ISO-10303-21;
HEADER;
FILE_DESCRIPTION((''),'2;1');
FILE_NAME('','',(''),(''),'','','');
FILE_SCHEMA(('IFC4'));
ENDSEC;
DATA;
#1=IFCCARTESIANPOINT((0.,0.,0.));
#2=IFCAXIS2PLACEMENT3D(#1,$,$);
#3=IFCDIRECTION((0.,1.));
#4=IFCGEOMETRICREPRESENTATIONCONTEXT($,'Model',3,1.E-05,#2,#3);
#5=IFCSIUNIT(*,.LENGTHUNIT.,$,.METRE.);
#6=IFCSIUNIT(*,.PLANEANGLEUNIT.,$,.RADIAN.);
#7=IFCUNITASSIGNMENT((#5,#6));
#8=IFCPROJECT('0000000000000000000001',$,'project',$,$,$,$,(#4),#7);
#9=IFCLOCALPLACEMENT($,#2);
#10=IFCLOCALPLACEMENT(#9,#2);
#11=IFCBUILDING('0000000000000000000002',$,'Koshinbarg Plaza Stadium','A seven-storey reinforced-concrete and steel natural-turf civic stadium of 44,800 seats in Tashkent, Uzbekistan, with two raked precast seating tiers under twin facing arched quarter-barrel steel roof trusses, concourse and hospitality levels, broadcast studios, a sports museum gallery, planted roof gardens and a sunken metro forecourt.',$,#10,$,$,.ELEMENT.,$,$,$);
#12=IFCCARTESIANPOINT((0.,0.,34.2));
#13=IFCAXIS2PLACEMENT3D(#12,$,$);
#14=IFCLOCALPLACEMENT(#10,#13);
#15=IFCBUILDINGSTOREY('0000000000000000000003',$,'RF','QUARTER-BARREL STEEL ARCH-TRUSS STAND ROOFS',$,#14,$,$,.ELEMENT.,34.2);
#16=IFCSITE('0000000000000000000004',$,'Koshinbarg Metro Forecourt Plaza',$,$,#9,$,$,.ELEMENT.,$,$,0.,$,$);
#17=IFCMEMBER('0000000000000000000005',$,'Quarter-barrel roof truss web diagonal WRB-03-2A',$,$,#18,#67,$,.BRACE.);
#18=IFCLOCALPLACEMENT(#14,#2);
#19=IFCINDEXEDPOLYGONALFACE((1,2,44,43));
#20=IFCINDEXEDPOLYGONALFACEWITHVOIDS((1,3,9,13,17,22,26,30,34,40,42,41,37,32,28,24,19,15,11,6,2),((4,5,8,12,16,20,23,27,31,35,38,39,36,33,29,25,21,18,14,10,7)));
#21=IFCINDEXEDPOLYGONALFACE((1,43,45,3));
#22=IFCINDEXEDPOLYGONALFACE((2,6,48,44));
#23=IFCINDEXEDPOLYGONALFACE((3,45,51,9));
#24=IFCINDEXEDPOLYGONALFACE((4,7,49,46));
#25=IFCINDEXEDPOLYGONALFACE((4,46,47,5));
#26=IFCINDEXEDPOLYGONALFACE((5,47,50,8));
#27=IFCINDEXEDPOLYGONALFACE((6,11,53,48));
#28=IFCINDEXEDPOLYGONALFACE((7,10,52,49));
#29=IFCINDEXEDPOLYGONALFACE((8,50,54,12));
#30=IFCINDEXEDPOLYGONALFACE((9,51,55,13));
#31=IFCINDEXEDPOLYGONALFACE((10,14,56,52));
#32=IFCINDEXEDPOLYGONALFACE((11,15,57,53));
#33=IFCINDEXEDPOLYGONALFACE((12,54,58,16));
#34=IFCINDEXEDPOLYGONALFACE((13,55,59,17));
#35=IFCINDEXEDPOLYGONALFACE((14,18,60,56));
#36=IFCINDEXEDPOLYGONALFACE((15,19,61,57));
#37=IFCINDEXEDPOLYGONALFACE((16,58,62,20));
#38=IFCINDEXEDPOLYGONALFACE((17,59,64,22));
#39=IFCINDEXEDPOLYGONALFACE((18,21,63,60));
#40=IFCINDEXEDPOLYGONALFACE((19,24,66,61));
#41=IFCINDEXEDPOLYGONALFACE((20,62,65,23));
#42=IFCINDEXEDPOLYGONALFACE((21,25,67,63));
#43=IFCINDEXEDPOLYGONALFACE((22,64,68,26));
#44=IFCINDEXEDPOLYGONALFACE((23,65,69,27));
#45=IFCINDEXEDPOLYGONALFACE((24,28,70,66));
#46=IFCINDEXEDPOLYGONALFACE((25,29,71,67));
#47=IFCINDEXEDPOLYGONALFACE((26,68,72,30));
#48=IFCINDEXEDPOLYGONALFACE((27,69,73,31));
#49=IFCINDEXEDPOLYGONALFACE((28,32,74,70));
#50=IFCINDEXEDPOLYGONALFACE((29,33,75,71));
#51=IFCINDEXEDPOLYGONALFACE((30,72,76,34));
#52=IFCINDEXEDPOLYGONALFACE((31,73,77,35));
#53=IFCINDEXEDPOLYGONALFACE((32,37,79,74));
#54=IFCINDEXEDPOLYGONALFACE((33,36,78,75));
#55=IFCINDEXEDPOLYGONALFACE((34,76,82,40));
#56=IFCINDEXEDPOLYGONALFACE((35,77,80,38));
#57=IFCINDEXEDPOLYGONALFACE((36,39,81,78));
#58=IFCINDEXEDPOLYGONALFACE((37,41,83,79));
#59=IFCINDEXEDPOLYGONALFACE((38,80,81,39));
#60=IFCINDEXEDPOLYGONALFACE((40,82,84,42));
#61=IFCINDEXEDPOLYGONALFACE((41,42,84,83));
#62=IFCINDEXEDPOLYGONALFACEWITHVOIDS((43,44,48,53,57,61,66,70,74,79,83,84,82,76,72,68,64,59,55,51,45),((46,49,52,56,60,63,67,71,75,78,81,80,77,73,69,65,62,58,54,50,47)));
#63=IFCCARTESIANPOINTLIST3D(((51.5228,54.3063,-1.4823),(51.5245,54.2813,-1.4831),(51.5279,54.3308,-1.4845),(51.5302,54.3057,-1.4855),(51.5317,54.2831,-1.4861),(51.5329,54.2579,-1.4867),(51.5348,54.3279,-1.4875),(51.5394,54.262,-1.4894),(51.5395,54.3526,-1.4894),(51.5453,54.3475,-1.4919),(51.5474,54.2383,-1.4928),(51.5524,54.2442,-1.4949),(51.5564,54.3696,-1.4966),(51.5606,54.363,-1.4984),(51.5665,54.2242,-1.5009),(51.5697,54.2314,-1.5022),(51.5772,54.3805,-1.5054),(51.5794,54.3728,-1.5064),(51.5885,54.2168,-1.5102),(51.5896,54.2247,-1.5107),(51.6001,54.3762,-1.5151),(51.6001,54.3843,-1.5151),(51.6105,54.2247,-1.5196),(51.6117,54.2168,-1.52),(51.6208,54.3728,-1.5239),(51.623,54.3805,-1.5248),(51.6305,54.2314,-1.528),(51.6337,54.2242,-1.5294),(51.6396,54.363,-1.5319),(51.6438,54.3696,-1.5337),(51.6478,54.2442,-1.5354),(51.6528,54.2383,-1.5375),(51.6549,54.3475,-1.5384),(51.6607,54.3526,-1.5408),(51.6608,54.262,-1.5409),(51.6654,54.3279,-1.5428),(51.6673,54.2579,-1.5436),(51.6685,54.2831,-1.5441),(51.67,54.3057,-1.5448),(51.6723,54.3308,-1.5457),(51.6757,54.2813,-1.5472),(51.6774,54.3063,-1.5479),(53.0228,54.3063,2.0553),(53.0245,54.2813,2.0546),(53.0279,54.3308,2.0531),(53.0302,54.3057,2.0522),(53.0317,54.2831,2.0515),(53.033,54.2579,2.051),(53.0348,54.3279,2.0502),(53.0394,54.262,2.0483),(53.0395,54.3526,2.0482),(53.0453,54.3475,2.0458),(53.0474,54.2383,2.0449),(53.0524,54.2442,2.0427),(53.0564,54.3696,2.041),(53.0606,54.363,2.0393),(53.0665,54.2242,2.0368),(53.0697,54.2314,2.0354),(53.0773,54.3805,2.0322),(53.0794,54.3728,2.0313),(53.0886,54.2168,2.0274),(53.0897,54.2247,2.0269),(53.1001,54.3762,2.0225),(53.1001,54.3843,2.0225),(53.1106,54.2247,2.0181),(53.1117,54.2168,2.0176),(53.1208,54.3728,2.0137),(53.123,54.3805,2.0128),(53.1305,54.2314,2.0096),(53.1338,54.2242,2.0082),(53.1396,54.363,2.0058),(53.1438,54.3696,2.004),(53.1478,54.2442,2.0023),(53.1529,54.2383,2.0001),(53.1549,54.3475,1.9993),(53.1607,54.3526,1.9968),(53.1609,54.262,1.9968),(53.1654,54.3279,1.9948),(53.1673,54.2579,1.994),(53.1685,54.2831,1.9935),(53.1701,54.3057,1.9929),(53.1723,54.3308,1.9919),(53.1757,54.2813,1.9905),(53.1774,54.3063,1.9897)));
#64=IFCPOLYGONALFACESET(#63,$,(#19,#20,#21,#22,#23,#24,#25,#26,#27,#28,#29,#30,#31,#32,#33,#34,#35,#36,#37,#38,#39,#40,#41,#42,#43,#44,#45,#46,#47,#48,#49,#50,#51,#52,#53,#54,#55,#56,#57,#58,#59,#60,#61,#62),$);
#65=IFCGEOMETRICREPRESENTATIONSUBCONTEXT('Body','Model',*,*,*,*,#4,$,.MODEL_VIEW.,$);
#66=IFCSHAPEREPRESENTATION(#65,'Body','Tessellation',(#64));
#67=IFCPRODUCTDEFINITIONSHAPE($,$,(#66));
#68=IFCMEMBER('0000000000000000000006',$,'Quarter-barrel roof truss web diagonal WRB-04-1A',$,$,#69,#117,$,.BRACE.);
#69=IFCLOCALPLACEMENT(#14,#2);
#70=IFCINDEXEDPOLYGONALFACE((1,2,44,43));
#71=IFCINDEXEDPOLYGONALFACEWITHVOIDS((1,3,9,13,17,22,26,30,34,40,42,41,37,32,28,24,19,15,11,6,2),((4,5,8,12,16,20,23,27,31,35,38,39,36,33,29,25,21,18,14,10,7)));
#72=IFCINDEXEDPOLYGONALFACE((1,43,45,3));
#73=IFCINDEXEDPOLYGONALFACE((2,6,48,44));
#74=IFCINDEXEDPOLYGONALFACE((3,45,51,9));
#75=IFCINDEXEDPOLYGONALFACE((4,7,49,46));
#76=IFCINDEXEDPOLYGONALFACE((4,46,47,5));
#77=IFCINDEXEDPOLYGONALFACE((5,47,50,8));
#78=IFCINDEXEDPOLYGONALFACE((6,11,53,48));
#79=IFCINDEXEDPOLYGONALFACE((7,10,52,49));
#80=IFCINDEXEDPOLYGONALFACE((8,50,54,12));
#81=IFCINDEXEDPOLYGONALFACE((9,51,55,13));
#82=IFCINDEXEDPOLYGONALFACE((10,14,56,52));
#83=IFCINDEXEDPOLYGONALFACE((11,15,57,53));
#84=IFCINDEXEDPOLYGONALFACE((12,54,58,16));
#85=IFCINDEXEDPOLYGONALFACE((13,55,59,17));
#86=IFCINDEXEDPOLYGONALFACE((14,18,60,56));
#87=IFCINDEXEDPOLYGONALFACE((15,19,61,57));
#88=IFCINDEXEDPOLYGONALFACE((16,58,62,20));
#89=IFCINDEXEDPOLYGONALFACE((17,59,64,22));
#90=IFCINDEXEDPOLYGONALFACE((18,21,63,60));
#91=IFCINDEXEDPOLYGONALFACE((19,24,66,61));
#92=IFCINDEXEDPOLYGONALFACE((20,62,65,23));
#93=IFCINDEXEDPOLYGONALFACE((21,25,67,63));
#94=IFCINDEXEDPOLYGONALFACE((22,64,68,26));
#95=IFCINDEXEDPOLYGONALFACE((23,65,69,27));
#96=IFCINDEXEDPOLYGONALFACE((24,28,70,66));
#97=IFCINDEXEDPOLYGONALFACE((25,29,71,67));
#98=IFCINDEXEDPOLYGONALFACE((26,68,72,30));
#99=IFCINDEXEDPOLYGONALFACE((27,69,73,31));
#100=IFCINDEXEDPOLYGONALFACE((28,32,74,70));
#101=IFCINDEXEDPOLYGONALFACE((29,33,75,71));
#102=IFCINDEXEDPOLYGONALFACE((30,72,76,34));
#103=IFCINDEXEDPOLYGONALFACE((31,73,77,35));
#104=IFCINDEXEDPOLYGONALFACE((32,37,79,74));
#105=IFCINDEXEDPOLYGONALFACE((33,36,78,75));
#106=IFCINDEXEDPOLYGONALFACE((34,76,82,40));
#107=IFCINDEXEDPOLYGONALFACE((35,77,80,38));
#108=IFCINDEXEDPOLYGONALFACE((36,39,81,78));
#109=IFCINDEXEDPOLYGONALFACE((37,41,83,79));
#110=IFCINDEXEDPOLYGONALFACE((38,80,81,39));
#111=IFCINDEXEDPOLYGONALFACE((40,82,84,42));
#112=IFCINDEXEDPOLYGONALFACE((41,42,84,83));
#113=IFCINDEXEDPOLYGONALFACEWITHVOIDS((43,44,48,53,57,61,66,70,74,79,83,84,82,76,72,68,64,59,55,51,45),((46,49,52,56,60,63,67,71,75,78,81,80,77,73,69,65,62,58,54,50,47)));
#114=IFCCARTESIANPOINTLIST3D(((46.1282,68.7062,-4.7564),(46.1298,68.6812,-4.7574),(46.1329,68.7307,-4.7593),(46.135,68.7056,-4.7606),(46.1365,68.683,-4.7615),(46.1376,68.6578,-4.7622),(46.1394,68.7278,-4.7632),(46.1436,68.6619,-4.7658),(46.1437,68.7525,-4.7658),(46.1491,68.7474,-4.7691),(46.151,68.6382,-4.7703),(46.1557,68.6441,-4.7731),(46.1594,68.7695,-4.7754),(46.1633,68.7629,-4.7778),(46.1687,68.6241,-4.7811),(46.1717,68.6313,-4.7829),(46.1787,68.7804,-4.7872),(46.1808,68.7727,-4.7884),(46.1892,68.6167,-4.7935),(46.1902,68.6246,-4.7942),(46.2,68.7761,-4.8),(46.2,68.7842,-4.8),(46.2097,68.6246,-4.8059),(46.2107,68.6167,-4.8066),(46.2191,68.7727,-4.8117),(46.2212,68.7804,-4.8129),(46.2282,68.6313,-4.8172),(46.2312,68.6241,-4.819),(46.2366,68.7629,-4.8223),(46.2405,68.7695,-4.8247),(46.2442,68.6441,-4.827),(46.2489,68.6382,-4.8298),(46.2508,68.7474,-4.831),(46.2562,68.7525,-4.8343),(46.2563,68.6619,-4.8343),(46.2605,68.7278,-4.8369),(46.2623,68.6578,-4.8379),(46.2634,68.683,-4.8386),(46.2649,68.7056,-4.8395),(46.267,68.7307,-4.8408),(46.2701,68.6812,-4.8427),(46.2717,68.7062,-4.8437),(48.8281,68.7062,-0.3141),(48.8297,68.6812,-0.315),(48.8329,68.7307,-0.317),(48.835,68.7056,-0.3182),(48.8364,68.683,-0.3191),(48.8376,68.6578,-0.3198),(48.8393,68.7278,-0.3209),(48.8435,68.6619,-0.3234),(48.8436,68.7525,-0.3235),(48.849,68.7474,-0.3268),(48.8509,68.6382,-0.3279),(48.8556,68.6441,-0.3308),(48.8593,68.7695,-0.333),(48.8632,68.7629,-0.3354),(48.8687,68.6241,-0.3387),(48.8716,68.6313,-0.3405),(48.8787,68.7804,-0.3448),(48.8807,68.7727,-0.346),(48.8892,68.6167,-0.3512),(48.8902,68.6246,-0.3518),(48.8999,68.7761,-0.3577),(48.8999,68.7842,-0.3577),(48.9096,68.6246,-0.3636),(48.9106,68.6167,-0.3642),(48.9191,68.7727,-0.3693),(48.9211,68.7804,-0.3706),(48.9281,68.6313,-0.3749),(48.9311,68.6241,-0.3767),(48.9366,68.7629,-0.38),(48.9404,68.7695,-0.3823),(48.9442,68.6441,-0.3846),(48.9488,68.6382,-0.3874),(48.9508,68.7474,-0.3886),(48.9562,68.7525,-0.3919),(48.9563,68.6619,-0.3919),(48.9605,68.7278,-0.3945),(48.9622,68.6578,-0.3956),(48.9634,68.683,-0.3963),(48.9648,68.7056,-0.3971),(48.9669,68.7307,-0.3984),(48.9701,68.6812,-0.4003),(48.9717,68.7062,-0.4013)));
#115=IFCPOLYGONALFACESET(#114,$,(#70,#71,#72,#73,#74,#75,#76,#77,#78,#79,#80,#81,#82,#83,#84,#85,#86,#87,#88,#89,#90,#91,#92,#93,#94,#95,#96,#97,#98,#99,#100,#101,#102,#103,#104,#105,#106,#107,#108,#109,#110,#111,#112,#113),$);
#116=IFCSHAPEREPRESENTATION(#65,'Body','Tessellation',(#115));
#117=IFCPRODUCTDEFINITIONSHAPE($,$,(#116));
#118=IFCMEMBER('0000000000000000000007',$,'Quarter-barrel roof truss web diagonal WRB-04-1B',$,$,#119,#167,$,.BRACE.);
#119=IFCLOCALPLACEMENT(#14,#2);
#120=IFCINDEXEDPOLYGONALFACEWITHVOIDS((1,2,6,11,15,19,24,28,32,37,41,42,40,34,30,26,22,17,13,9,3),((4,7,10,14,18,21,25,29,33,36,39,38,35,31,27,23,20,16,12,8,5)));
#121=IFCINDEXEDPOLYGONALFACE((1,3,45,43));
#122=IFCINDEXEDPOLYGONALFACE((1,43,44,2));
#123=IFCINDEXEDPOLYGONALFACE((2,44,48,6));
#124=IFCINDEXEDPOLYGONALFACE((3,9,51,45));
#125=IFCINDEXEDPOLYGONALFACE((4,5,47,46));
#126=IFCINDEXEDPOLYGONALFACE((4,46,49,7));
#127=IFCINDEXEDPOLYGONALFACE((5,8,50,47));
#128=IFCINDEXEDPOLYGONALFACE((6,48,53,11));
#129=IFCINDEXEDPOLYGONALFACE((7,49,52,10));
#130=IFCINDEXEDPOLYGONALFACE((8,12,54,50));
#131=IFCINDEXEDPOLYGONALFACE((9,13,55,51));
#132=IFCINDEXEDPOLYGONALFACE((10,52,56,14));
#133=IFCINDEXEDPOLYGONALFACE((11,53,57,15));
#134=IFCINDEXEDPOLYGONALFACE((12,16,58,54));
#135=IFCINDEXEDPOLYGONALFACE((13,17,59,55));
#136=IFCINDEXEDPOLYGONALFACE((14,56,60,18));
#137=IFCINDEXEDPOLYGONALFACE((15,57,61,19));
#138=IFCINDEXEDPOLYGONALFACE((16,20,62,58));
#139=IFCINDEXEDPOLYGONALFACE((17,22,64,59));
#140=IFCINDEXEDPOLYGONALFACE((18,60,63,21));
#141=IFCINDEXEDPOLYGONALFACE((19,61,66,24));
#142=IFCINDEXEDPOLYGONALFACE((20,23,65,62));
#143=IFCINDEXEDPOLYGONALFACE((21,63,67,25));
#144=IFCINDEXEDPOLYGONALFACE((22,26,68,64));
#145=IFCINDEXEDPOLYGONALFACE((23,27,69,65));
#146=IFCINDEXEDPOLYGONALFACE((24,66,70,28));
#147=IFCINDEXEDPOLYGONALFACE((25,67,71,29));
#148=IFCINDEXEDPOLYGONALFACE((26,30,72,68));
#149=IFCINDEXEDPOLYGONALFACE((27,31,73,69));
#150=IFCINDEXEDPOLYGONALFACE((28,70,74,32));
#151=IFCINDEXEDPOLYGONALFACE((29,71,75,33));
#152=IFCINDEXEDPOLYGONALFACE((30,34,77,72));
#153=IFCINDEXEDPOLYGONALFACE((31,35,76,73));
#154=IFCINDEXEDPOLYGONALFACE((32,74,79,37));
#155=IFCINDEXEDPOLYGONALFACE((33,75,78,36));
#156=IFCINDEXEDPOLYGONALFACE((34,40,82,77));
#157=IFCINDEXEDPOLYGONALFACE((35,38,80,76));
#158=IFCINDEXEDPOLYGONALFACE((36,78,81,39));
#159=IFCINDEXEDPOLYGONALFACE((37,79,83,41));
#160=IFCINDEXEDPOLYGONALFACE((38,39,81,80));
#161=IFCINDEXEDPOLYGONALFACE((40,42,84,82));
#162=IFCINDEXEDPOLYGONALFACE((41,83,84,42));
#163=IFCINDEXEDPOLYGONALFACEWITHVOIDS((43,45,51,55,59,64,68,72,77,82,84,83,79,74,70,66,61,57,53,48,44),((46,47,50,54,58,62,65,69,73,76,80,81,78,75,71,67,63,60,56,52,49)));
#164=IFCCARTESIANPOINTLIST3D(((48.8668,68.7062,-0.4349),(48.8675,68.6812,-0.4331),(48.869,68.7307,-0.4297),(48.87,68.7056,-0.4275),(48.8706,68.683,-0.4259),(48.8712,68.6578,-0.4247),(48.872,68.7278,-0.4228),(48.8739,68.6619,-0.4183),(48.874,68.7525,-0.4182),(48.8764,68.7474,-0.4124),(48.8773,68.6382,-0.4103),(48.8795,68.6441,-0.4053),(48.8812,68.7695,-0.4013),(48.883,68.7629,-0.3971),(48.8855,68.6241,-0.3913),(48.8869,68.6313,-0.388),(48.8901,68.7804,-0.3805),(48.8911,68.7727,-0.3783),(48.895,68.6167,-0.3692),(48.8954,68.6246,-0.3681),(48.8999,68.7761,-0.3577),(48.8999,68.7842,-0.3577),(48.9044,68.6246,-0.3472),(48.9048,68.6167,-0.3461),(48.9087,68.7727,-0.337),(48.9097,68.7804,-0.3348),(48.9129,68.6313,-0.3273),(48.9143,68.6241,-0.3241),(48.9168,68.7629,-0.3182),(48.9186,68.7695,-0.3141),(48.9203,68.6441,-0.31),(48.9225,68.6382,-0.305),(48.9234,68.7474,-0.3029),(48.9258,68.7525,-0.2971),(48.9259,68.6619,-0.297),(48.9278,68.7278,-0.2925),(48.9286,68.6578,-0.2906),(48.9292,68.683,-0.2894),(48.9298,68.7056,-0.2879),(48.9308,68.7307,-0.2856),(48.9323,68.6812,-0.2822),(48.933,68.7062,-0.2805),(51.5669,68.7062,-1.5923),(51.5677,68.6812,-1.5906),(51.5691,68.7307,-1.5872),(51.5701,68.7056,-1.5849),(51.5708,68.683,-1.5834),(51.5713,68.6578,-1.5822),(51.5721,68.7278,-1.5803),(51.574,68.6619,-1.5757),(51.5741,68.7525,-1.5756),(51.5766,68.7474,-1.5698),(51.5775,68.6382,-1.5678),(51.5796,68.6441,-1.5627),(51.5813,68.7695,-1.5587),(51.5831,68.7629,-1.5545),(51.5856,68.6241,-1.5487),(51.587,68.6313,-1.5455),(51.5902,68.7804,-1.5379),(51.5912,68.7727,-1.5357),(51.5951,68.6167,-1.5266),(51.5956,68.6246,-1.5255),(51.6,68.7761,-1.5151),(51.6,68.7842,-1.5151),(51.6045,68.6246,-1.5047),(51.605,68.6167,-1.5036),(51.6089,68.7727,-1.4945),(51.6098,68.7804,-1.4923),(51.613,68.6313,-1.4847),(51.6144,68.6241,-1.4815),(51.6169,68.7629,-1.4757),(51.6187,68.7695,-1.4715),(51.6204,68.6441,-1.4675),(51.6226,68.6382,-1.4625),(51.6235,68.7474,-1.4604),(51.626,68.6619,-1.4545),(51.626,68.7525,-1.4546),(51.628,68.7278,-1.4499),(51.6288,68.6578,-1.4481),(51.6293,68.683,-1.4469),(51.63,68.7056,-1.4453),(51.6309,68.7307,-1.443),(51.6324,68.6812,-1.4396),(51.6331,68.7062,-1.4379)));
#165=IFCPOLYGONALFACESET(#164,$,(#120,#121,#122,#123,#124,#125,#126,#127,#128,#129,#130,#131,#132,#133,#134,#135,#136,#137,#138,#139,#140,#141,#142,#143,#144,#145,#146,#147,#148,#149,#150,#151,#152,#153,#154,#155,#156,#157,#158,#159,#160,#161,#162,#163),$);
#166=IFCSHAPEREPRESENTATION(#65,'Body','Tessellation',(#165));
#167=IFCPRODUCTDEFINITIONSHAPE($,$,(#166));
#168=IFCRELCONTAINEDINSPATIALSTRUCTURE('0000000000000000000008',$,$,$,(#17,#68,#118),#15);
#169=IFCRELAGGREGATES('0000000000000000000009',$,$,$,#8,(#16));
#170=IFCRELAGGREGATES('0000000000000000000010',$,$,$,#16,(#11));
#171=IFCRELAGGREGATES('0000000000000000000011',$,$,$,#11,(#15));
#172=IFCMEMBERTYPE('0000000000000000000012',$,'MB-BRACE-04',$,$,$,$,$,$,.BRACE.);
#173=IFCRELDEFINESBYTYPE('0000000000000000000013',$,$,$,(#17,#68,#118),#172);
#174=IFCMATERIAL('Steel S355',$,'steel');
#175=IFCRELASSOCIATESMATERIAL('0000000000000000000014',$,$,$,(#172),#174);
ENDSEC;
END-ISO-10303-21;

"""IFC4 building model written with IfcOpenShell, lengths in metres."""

from ifc_helpers import new_model, si_unit, direction, frame, origin, origin_2d, place, context, subcontext, project, spatial, hollow_circle, extrude, material, material_profile, profile_set, type_object, element, save


model = new_model("IFC4")

# Units and contexts
model_context = context("Model", 3, precision=1e-05, world=origin(), true_north=direction((0.0, 1.0)))
body_context = subcontext(model_context, "Body", "Model", "MODEL_VIEW")
ifc_project = project(units=[si_unit("LENGTHUNIT", "METRE"), si_unit("PLANEANGLEUNIT", "RADIAN")], contexts=[model_context])

# Site, building, storey
site_placement = place(None, origin())
site = spatial("IfcSite", under=ifc_project, at=site_placement, Name="Koshinbarg Metro Forecourt Plaza", CompositionType="ELEMENT", RefElevation=0.0)
building_placement = place(site_placement, origin())
building = spatial("IfcBuilding", under=site, at=building_placement, Name="Koshinbarg Plaza Stadium", Description="A seven-storey reinforced-concrete and steel natural-turf civic stadium of 44,800 seats in Tashkent, Uzbekistan, with two raked precast seating tiers under twin facing arched quarter-barrel steel roof trusses, concourse and hospitality levels, broadcast studios, a sports museum gallery, planted roof gardens and a sunken metro forecourt.", CompositionType="ELEMENT")
storey_placement = place(building_placement, frame((0.0, 0.0, 34.2)))
storey = spatial("IfcBuildingStorey", under=building, at=storey_placement, Name="RF", Description="QUARTER-BARREL STEEL ARCH-TRUSS STAND ROOFS", CompositionType="ELEMENT", Elevation=34.2)

# Shared definitions
ifc_material_1 = material(Name="Steel S355", Category="steel")

# Members
ifc_material_profile_1 = material_profile(ifc_material_1, hollow_circle(Radius=0.0842, WallThickness=0.0081, at=origin_2d()), Name="CHS 168.3x8")
ifc_profile_set_1 = profile_set([ifc_material_profile_1], Name="Steel S355")
member_type_1 = type_object("IfcMemberType", Name="MB-BRACE-04", PredefinedType="BRACE", material=ifc_profile_set_1)
member_1_placement = place(storey_placement, frame((51.6001, 54.3, -1.5151), z_axis=(0.390374, 0.0, 0.920657), x_axis=(0.0, 1.0, 0.0)))
element("IfcMember", 1, at=member_1_placement, inside=storey, type_object=member_type_1, Name="Quarter-barrel roof truss web diagonal WRB-03-2A", PredefinedType="BRACE", context=body_context, shape_type="SweptSolid", body=[
    extrude(hollow_circle(Radius=0.0842, WallThickness=0.0081, at=origin_2d()), origin(), (0.0, 0.0, 1.0), 3.8425),
])
member_2_placement = place(storey_placement, frame((46.2, 68.7, -4.8), z_axis=(0.51937, 0.0, 0.854549), x_axis=(0.0, 1.0, 0.0)))
element("IfcMember", 2, at=member_2_placement, inside=storey, type_object=member_type_1, Name="Quarter-barrel roof truss web diagonal WRB-04-1A", PredefinedType="BRACE", context=body_context, shape_type="SweptSolid", body=[
    extrude(hollow_circle(Radius=0.0842, WallThickness=0.0081, at=origin_2d()), origin(), (0.0, 0.0, 1.0), 5.1985),
])
member_3_placement = place(storey_placement, frame((48.8999, 68.7, -0.3577), z_axis=(0.919115, 0.0, -0.39399), x_axis=(0.0, 1.0, 0.0)))
element("IfcMember", 3, at=member_3_placement, inside=storey, type_object=member_type_1, Name="Quarter-barrel roof truss web diagonal WRB-04-1B", PredefinedType="BRACE", context=body_context, shape_type="SweptSolid", body=[
    extrude(hollow_circle(Radius=0.0842, WallThickness=0.0081, at=origin_2d()), origin(), (0.0, 0.0, 1.0), 2.9377),
])

save(model, "model.ifc")
